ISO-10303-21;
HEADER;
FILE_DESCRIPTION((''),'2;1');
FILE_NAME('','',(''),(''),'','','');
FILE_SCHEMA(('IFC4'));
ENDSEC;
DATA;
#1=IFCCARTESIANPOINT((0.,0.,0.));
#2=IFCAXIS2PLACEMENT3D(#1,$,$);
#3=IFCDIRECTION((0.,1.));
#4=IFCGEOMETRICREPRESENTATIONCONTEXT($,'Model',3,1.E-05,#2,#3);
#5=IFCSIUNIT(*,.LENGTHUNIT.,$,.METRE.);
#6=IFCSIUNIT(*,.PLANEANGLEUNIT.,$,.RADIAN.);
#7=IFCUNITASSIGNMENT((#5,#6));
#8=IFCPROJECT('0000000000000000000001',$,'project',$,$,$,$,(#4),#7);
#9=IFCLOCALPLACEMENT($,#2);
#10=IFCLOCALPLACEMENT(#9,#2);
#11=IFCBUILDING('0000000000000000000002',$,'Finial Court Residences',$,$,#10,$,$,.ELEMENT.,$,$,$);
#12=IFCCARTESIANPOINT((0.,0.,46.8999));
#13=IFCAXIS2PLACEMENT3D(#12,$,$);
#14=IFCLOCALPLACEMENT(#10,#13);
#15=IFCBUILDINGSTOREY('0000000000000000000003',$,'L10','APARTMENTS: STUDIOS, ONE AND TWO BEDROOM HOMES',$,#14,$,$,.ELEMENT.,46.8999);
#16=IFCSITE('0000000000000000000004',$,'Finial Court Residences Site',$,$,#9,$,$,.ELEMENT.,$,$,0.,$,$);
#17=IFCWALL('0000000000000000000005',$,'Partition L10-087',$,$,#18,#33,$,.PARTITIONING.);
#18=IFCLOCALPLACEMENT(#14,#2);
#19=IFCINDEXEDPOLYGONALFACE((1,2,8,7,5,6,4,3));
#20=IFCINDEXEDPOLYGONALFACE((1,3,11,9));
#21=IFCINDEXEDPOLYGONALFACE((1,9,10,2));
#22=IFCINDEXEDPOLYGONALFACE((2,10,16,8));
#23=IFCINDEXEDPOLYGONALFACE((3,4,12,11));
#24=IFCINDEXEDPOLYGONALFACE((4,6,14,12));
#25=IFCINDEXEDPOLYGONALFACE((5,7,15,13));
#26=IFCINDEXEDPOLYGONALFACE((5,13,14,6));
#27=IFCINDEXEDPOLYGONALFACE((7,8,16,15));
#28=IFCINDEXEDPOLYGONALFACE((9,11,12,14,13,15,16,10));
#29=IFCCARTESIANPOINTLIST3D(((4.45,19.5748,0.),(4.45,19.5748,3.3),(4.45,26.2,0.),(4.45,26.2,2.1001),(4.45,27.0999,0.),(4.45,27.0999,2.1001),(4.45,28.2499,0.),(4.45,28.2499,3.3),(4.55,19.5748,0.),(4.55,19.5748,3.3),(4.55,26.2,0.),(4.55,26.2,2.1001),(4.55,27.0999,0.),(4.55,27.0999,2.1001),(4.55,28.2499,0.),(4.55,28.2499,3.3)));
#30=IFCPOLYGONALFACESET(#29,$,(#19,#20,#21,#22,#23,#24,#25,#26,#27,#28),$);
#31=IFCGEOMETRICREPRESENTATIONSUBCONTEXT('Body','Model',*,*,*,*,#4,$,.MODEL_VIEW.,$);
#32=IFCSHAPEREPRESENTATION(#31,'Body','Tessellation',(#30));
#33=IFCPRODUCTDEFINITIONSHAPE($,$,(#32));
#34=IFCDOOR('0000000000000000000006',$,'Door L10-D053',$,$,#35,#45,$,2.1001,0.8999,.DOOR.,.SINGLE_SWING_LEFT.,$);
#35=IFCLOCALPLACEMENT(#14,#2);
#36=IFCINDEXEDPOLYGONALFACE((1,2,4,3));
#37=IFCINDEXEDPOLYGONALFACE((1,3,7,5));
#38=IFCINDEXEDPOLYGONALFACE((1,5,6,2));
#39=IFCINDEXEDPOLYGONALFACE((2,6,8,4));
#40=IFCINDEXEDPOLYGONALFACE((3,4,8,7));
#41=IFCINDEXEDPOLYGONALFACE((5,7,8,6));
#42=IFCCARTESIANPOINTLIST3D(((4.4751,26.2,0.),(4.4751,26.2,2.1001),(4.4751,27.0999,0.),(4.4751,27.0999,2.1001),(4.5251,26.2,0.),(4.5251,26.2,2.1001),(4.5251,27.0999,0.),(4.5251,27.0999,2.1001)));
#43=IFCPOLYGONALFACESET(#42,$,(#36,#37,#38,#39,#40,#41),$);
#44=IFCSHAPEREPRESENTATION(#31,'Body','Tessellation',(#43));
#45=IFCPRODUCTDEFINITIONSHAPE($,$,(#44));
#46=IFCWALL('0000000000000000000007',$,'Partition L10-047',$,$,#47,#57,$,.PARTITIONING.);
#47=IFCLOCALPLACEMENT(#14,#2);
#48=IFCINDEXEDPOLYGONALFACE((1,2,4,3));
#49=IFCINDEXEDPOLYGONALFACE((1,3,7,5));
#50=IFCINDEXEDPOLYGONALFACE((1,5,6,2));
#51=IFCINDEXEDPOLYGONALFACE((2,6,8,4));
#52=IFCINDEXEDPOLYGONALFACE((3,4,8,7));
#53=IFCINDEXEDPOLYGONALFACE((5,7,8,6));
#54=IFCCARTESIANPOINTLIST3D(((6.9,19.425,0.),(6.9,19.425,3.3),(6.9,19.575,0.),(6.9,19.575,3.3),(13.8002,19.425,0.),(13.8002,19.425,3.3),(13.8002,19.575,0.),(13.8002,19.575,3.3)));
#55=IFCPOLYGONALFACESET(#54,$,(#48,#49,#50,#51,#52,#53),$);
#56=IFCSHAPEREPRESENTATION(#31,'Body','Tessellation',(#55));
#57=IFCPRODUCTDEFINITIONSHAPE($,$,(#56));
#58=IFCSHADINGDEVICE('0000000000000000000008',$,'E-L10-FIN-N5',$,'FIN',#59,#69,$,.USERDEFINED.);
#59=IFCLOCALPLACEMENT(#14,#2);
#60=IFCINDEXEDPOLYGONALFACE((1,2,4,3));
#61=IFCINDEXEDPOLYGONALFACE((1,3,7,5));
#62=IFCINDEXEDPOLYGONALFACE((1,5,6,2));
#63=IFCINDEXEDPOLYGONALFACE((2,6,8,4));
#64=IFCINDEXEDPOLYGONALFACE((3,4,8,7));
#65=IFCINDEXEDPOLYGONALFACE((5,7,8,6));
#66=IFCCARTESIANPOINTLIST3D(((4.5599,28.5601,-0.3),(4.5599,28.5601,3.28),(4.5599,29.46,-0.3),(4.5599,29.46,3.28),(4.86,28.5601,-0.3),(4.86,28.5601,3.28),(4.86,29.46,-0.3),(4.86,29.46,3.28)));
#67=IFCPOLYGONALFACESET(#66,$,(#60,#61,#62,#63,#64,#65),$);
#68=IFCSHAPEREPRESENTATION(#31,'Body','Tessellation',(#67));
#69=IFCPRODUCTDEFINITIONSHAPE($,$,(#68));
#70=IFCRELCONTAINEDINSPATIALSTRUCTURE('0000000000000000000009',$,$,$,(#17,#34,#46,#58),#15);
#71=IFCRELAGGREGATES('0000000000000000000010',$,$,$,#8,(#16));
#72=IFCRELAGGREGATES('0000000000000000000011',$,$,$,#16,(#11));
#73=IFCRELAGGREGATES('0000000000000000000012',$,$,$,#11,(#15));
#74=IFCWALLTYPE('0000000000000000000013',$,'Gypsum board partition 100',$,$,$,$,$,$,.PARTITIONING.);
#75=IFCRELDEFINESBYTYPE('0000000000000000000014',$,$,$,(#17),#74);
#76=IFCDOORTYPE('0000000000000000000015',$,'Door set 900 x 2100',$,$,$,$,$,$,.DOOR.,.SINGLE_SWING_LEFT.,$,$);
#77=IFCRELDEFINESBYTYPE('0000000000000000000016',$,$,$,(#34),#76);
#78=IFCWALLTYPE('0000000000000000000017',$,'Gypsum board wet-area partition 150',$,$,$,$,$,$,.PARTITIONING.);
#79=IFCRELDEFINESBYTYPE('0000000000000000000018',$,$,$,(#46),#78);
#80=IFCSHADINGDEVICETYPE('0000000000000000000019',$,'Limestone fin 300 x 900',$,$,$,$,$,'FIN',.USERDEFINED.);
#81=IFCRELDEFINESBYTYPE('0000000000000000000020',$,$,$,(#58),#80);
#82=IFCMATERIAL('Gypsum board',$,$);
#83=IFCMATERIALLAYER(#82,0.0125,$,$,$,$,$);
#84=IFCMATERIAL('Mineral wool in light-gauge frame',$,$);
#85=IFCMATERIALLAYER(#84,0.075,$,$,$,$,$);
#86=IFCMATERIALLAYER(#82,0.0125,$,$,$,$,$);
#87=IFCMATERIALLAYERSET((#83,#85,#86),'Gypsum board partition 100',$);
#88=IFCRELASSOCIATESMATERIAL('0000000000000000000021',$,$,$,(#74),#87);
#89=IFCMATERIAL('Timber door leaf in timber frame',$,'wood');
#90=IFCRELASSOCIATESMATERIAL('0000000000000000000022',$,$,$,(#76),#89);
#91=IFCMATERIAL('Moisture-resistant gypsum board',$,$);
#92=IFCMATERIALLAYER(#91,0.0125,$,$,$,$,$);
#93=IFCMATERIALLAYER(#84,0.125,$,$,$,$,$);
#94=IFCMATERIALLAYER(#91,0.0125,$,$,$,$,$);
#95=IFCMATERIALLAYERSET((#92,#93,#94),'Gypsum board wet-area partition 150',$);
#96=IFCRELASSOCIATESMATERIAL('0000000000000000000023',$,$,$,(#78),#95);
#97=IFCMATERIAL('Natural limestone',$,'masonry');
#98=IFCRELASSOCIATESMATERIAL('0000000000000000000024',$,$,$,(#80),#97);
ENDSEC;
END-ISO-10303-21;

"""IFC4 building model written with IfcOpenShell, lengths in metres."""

from ifc_helpers import new_model, si_unit, direction, frame, frame_2d, origin, origin_2d, place, context, subcontext, project, spatial, rectangle, extrude, material, layer, layer_set, type_object, element, fill, save


model = new_model("IFC4")

# Units and contexts
model_context = context("Model", 3, precision=1e-05, world=origin(), true_north=direction((0.0, 1.0)))
body_context = subcontext(model_context, "Body", "Model", "MODEL_VIEW")
ifc_project = project(units=[si_unit("LENGTHUNIT", "METRE"), si_unit("PLANEANGLEUNIT", "RADIAN")], contexts=[model_context])

# Site, building, storey
site_placement = place(None, origin())
site = spatial("IfcSite", under=ifc_project, at=site_placement, Name="Finial Court Residences Site", CompositionType="ELEMENT", RefElevation=0.0)
building_placement = place(site_placement, origin())
building = spatial("IfcBuilding", under=site, at=building_placement, Name="Finial Court Residences", CompositionType="ELEMENT")
storey_placement = place(building_placement, frame((0.0, 0.0, 46.8999)))
storey = spatial("IfcBuildingStorey", under=building, at=storey_placement, Name="L10", Description="APARTMENTS: STUDIOS, ONE AND TWO BEDROOM HOMES", CompositionType="ELEMENT", Elevation=46.8999)

# Wall, opening, door
ifc_material_1 = material(Name="Gypsum board")
ifc_layer_1 = layer(ifc_material_1, 0.0125)
ifc_material_2 = material(Name="Mineral wool in light-gauge frame")
ifc_layer_2 = layer(ifc_material_2, 0.075)
ifc_layer_3 = layer(ifc_material_1, 0.0125)
ifc_layer_set_1 = layer_set([ifc_layer_1, ifc_layer_2, ifc_layer_3], Name="Gypsum board partition 100")
wall_type_1 = type_object("IfcWallType", Name="Gypsum board partition 100", PredefinedType="PARTITIONING", material=ifc_layer_set_1)
ifc_material_3 = material(Name="Timber door leaf in timber frame", Category="wood")
door_type = type_object("IfcDoorType", Name="Door set 900 x 2100", OperationType="SINGLE_SWING_LEFT", PredefinedType="DOOR", material=ifc_material_3)
wall_1_placement = place(storey_placement, frame((4.5, 19.575, 0.0), z_axis=(0.0, 0.0, 1.0), x_axis=(0.0, 1.0, 0.0)))
wall_1 = element("IfcWall", 1, at=wall_1_placement, inside=storey, type_object=wall_type_1, Name="Partition L10-087", PredefinedType="PARTITIONING", context=body_context, shape_type="SweptSolid", body=[
    extrude(rectangle(XDim=8.675, YDim=0.1001, at=frame_2d((4.3374, 0.0))), origin(), (0.0, 0.0, 1.0), 3.3),
])
opening_1_placement = place(wall_1_placement, frame((6.625, 0.0, 0.0)))
opening_1 = element("IfcOpeningElement", 2, at=opening_1_placement, cuts=wall_1, PredefinedType="OPENING", context=body_context, shape_type="SweptSolid", body=[
    extrude(rectangle(XDim=0.8999, YDim=2.1001, at=frame_2d((0.45, 1.05))), frame((0.0, 0.0601, 0.0), z_axis=(0.0, -1.0, 0.0), x_axis=(1.0, 0.0, 0.0)), (0.0, 0.0, 1.0), 0.1201),
])
door_1_placement = place(opening_1_placement, origin())
door_1 = element("IfcDoor", 3, at=door_1_placement, inside=storey, type_object=door_type, Name="Door L10-D053", OperationType="SINGLE_SWING_LEFT", OverallHeight=2.1001, OverallWidth=0.8999, PredefinedType="DOOR", context=body_context, shape_type="SweptSolid", body=[
    extrude(rectangle(XDim=0.8999, YDim=2.1001, at=frame_2d((0.45, 1.05))), frame((0.0, 0.0249, 0.0), z_axis=(0.0, -1.0, 0.0), x_axis=(1.0, 0.0, 0.0)), (0.0, 0.0, 1.0), 0.05),
])
fill(opening_1, door_1)

# Wall
ifc_material_4 = material(Name="Moisture-resistant gypsum board")
ifc_layer_4 = layer(ifc_material_4, 0.0125)
ifc_layer_5 = layer(ifc_material_2, 0.125)
ifc_layer_6 = layer(ifc_material_4, 0.0125)
ifc_layer_set_2 = layer_set([ifc_layer_4, ifc_layer_5, ifc_layer_6], Name="Gypsum board wet-area partition 150")
wall_type_2 = type_object("IfcWallType", Name="Gypsum board wet-area partition 150", PredefinedType="PARTITIONING", material=ifc_layer_set_2)
wall_2_placement = place(storey_placement, frame((6.8999, 19.5, 0.0), z_axis=(0.0, 0.0, 1.0), x_axis=(1.0, 0.0, 0.0)))
element("IfcWall", 4, at=wall_2_placement, inside=storey, type_object=wall_type_2, Name="Partition L10-047", PredefinedType="PARTITIONING", context=body_context, shape_type="SweptSolid", body=[
    extrude(rectangle(XDim=6.9001, YDim=0.1499, at=frame_2d((3.4502, 0.0))), origin(), (0.0, 0.0, 1.0), 3.3),
])

# Shading device
ifc_material_5 = material(Name="Natural limestone", Category="masonry")
shading_device_type = type_object("IfcShadingDeviceType", Name="Limestone fin 300 x 900", ElementType="FIN", PredefinedType="USERDEFINED", material=ifc_material_5)
shading_device_placement = place(storey_placement, frame((4.71, 29.01, -0.3), z_axis=(0.0, 0.0, 1.0), x_axis=(1.0, 0.0, 0.0)))
element("IfcShadingDevice", 5, at=shading_device_placement, inside=storey, type_object=shading_device_type, Name="E-L10-FIN-N5", ObjectType="FIN", PredefinedType="USERDEFINED", context=body_context, shape_type="SweptSolid", body=[
    extrude(rectangle(XDim=0.3, YDim=0.8999, at=origin_2d()), origin(), (0.0, 0.0, 1.0), 3.5801),
])

save(model, "model.ifc")
